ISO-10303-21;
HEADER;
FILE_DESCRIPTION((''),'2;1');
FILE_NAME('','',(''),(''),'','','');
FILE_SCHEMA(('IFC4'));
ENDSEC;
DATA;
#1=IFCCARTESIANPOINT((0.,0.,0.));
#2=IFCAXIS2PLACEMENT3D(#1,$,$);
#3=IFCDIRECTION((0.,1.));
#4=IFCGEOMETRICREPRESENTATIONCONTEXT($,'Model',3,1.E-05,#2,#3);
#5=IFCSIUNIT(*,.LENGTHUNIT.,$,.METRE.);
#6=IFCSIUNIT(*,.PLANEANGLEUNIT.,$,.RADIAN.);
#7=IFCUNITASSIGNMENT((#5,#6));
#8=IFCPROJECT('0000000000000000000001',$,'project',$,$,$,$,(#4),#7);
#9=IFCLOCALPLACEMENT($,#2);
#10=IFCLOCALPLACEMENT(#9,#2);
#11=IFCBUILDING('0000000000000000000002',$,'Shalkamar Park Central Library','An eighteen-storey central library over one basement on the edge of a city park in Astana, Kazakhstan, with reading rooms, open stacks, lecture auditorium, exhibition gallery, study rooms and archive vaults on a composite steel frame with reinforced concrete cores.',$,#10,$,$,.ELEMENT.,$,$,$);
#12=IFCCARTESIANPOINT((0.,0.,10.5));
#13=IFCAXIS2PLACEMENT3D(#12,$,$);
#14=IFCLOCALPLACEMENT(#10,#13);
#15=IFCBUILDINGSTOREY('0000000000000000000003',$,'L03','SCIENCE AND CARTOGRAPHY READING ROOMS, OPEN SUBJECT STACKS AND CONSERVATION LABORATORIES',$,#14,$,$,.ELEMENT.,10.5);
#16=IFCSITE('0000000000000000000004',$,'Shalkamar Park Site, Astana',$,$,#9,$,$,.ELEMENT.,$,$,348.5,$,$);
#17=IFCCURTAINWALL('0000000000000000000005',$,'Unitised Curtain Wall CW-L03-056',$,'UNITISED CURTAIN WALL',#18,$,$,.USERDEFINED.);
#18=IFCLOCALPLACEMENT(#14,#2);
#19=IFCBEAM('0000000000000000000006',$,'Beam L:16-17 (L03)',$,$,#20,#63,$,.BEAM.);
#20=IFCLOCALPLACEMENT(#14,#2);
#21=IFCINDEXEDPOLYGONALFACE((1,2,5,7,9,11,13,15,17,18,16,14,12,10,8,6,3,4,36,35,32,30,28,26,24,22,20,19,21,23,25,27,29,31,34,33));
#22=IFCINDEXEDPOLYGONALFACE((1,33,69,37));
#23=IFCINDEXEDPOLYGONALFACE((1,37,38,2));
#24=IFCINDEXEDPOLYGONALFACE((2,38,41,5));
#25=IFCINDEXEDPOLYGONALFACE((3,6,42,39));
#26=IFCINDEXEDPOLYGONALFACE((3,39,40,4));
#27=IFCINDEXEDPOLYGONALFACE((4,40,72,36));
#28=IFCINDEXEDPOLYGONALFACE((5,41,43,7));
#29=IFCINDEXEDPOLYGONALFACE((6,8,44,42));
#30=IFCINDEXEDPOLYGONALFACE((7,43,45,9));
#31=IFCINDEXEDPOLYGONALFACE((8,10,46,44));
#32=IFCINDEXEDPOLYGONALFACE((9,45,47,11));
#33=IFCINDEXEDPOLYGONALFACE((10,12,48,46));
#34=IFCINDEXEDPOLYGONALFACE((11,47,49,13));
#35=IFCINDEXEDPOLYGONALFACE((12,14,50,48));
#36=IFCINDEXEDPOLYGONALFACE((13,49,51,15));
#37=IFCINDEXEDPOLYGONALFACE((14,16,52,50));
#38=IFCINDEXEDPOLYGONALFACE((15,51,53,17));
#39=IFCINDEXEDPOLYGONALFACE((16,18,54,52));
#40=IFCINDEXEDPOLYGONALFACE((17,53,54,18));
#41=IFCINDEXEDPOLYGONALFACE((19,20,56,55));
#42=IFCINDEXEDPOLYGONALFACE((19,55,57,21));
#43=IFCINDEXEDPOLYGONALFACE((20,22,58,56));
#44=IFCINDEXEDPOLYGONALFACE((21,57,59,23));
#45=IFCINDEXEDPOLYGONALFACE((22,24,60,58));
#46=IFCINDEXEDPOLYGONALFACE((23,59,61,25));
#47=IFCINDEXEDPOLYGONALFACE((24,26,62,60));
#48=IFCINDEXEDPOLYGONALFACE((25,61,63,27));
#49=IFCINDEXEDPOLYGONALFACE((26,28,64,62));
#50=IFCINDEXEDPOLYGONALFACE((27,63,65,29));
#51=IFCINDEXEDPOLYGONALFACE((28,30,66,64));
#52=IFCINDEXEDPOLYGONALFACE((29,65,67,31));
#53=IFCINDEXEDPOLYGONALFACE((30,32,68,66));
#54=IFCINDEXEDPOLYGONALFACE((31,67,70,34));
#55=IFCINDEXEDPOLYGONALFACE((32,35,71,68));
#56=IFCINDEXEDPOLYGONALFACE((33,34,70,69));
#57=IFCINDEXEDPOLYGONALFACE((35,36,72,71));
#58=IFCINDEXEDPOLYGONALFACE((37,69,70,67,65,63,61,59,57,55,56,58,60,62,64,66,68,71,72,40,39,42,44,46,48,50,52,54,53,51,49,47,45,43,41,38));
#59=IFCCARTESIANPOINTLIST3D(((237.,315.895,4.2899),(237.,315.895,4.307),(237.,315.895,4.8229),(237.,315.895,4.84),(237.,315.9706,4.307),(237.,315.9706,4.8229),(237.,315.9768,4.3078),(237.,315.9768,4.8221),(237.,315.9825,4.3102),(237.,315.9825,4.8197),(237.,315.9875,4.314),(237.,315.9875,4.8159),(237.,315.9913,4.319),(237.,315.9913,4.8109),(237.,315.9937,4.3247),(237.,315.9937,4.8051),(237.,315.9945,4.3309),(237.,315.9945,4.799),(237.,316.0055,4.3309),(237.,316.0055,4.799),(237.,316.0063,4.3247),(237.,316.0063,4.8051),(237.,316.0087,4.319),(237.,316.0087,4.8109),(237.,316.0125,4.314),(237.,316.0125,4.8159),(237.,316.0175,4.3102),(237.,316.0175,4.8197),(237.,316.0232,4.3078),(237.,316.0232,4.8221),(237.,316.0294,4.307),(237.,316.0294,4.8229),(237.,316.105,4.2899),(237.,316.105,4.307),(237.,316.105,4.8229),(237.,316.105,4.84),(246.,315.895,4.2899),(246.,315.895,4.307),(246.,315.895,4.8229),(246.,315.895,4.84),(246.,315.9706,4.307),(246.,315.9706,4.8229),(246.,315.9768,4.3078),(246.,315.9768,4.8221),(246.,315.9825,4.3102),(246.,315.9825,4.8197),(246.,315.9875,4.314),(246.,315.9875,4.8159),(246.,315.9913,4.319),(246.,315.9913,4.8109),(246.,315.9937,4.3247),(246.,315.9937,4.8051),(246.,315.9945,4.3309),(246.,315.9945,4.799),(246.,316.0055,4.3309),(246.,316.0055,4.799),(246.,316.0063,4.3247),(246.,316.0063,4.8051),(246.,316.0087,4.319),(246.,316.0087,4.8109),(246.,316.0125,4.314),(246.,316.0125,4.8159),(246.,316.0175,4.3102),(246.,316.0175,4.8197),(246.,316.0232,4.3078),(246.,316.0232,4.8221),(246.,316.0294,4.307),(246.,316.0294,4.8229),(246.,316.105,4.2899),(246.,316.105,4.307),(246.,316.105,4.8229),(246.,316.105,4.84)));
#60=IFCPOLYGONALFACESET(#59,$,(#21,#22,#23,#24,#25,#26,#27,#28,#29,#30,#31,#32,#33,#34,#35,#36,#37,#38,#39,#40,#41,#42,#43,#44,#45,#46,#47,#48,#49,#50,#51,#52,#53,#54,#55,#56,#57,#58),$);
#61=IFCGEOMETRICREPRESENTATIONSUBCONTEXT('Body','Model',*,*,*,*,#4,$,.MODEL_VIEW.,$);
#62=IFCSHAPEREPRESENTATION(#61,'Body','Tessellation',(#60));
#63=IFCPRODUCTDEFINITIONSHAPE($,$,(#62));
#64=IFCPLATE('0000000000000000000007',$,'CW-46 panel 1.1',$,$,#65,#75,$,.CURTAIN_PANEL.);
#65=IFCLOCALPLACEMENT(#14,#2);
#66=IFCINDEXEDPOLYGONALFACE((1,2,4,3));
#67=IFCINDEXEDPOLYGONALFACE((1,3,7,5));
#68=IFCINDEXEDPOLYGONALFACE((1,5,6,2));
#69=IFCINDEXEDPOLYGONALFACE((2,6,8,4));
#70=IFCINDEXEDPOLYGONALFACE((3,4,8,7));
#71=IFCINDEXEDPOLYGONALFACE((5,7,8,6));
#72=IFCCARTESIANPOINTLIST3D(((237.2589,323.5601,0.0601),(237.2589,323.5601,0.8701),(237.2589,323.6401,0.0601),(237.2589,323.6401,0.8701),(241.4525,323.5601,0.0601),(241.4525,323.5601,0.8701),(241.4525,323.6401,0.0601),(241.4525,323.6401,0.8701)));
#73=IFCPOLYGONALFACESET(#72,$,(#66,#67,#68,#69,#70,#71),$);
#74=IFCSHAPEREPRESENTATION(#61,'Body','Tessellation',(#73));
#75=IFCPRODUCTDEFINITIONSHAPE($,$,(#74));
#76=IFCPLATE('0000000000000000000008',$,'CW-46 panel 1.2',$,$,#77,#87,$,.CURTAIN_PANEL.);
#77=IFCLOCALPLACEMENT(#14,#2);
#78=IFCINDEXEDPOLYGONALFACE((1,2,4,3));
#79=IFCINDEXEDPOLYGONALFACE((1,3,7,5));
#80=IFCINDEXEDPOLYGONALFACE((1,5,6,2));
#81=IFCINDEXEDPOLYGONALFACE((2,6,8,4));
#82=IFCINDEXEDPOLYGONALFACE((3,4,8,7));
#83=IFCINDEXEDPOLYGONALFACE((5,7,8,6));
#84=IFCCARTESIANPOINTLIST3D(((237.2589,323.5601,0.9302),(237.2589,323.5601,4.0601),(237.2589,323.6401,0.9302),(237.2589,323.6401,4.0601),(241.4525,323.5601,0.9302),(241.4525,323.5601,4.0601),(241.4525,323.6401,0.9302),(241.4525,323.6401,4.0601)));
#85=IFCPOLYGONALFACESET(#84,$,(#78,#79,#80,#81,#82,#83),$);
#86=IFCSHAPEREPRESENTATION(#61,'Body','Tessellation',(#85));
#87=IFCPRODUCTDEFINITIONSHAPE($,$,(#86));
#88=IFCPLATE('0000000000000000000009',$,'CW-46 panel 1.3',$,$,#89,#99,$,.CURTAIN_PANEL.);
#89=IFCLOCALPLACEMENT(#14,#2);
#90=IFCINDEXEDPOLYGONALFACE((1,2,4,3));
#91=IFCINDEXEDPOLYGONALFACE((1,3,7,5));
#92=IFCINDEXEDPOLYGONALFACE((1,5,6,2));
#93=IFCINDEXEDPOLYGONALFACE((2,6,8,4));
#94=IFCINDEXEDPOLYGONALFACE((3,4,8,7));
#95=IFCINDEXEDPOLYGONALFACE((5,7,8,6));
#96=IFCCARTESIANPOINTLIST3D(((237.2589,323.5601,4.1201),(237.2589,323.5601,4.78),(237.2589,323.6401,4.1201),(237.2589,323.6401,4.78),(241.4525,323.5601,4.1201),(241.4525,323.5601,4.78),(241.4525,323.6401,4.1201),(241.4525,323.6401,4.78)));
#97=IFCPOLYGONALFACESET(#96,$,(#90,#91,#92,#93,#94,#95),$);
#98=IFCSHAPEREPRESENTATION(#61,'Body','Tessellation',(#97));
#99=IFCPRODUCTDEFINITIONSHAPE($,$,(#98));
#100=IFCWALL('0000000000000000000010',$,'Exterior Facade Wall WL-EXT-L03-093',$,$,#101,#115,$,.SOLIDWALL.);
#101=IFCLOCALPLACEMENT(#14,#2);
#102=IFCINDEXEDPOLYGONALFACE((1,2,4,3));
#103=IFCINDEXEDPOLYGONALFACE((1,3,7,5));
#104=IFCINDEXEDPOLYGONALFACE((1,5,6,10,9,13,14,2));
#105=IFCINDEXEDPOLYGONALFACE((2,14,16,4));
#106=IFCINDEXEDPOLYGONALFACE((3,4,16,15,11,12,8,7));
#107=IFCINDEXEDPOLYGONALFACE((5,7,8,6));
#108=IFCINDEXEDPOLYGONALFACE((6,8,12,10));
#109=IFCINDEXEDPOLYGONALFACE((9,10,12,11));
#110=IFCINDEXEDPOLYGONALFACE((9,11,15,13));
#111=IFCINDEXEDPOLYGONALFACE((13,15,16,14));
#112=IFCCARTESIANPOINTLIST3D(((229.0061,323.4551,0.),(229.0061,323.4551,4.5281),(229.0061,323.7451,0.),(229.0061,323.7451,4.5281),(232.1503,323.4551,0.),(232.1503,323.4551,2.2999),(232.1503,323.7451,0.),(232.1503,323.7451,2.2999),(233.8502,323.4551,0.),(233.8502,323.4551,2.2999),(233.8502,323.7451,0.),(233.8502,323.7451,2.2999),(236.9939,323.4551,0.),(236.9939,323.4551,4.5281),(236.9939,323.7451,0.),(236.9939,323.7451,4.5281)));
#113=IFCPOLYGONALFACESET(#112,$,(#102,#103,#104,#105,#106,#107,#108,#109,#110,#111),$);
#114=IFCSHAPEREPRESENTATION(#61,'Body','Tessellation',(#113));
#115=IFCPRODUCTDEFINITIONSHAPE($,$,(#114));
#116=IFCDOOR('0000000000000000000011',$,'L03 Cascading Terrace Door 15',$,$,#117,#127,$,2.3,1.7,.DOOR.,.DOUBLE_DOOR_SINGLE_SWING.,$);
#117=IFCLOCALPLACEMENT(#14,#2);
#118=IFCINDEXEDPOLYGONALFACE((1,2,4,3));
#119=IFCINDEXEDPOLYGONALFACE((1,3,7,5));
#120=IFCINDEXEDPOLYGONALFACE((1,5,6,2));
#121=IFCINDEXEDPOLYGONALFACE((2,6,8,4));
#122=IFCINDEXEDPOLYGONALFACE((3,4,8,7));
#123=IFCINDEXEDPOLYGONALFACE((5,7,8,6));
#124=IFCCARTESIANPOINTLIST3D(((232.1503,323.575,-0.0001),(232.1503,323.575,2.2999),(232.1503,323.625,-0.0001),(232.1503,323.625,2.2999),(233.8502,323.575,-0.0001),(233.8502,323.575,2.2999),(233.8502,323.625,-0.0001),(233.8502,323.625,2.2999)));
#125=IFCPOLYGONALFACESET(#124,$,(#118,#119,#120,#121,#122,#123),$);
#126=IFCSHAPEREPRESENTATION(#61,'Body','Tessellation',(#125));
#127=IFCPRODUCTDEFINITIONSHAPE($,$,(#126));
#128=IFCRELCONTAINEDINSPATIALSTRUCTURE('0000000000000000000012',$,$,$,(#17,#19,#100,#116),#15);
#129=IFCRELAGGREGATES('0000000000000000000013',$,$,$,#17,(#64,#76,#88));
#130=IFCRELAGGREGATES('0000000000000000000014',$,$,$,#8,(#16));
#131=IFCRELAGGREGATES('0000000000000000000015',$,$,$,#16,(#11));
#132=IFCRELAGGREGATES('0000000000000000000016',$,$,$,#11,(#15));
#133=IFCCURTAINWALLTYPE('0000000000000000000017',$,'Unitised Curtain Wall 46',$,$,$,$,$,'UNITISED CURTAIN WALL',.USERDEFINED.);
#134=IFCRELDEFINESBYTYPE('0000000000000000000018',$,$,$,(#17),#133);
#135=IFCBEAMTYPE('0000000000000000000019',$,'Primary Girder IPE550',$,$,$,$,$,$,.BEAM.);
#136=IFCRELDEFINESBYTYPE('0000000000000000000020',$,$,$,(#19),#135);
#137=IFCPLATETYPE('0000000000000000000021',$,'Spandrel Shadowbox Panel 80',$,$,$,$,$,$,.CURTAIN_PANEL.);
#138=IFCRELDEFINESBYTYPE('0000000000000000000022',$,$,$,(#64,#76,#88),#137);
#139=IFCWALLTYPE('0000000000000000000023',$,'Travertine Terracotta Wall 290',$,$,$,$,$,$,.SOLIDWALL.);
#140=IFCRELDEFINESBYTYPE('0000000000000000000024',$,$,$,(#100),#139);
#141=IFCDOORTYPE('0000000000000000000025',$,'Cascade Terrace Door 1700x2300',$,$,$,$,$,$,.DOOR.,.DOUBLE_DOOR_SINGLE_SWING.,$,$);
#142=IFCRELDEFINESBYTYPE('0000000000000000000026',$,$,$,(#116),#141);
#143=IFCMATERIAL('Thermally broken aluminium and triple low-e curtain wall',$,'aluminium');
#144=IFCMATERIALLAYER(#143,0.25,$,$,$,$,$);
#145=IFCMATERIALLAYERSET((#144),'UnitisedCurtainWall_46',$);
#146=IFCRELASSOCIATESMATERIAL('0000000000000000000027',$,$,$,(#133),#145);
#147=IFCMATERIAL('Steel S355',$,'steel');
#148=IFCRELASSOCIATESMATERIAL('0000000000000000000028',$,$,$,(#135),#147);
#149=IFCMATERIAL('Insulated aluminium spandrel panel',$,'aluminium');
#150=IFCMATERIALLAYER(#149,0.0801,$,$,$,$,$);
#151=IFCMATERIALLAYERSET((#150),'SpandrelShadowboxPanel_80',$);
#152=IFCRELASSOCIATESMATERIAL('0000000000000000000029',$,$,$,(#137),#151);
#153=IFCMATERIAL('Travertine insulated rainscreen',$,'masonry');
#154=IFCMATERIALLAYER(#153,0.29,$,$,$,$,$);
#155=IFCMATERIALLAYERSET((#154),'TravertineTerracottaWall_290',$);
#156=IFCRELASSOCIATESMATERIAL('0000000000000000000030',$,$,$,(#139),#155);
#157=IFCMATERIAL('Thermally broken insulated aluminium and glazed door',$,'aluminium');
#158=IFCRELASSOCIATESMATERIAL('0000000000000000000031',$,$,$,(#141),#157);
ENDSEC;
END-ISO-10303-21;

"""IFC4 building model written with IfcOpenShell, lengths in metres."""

from ifc_helpers import new_model, si_unit, direction, frame, frame_2d, origin, origin_2d, place, context, subcontext, project, spatial, rectangle, i_section, extrude, material, layer, layer_set, material_profile, profile_set, type_object, element, fill, aggregate, save


model = new_model("IFC4")

# Units and contexts
model_context = context("Model", 3, precision=1e-05, world=origin(), true_north=direction((0.0, 1.0)))
body_context = subcontext(model_context, "Body", "Model", "MODEL_VIEW")
ifc_project = project(units=[si_unit("LENGTHUNIT", "METRE"), si_unit("PLANEANGLEUNIT", "RADIAN")], contexts=[model_context])

# Site, building, storey
site_placement = place(None, origin())
site = spatial("IfcSite", under=ifc_project, at=site_placement, Name="Shalkamar Park Site, Astana", CompositionType="ELEMENT", RefElevation=348.5)
building_placement = place(site_placement, origin())
building = spatial("IfcBuilding", under=site, at=building_placement, Name="Shalkamar Park Central Library", Description="An eighteen-storey central library over one basement on the edge of a city park in Astana, Kazakhstan, with reading rooms, open stacks, lecture auditorium, exhibition gallery, study rooms and archive vaults on a composite steel frame with reinforced concrete cores.", CompositionType="ELEMENT")
storey_placement = place(building_placement, frame((0.0, 0.0, 10.5)))
storey = spatial("IfcBuildingStorey", under=building, at=storey_placement, Name="L03", Description="SCIENCE AND CARTOGRAPHY READING ROOMS, OPEN SUBJECT STACKS AND CONSERVATION LABORATORIES", CompositionType="ELEMENT", Elevation=10.5)

# Shared definitions
ifc_material_1 = material(Name="Steel S355", Category="steel")

# Curtain wall
ifc_material_2 = material(Name="Thermally broken aluminium and triple low-e curtain wall", Category="aluminium")
ifc_layer_1 = layer(ifc_material_2, 0.25)
ifc_layer_set_1 = layer_set([ifc_layer_1], Name="UnitisedCurtainWall_46")
curtain_wall_type = type_object("IfcCurtainWallType", Name="Unitised Curtain Wall 46", ElementType="UNITISED CURTAIN WALL", PredefinedType="USERDEFINED", material=ifc_layer_set_1)
curtain_wall_placement = place(storey_placement, origin())
curtain_wall = element("IfcCurtainWall", 1, at=curtain_wall_placement, inside=storey, type_object=curtain_wall_type, Name="Unitised Curtain Wall CW-L03-056", ObjectType="UNITISED CURTAIN WALL", PredefinedType="USERDEFINED")

# Beam
ifc_material_profile_1 = material_profile(ifc_material_1, i_section(OverallWidth=0.21, OverallDepth=0.55, WebThickness=0.011, FlangeThickness=0.0171, FilletRadius=0.0239, at=origin_2d()), Name="IPE 550")
ifc_profile_set_1 = profile_set([ifc_material_profile_1], Name="Steel S355")
beam_type_1 = type_object("IfcBeamType", Name="Primary Girder IPE550", PredefinedType="BEAM", material=ifc_profile_set_1)
beam_1_placement = place(storey_placement, frame((237.0, 316.0, 4.5649), z_axis=(1.0, 0.0, 0.0), x_axis=(0.0, 1.0, 0.0)))
element("IfcBeam", 2, at=beam_1_placement, inside=storey, type_object=beam_type_1, Name="Beam L:16-17 (L03)", PredefinedType="BEAM", context=body_context, shape_type="SweptSolid", body=[
    extrude(i_section(OverallWidth=0.21, OverallDepth=0.55, WebThickness=0.011, FlangeThickness=0.0171, FilletRadius=0.0239, at=origin_2d()), origin(), (0.0, 0.0, 1.0), 9.0),
])

# Plates
ifc_material_3 = material(Name="Insulated aluminium spandrel panel", Category="aluminium")
ifc_layer_2 = layer(ifc_material_3, 0.0801)
ifc_layer_set_2 = layer_set([ifc_layer_2], Name="SpandrelShadowboxPanel_80")
plate_type = type_object("IfcPlateType", Name="Spandrel Shadowbox Panel 80", PredefinedType="CURTAIN_PANEL", material=ifc_layer_set_2)
plate_1_placement = place(storey_placement, frame((239.3557, 323.6001, 0.0601), z_axis=(0.0, 0.0, 1.0), x_axis=(1.0, 0.0, 0.0)))
plate_1 = element("IfcPlate", 3, at=plate_1_placement, type_object=plate_type, Name="CW-46 panel 1.1", PredefinedType="CURTAIN_PANEL", context=body_context, shape_type="SweptSolid", body=[
    extrude(rectangle(XDim=4.1936, YDim=0.0801, at=origin_2d()), origin(), (0.0, 0.0, 1.0), 0.8101),
])
plate_2_placement = place(storey_placement, frame((239.3557, 323.6001, 0.9302), z_axis=(0.0, 0.0, 1.0), x_axis=(1.0, 0.0, 0.0)))
plate_2 = element("IfcPlate", 4, at=plate_2_placement, type_object=plate_type, Name="CW-46 panel 1.2", PredefinedType="CURTAIN_PANEL", context=body_context, shape_type="SweptSolid", body=[
    extrude(rectangle(XDim=4.1936, YDim=0.0801, at=origin_2d()), origin(), (0.0, 0.0, 1.0), 3.1299),
])
plate_3_placement = place(storey_placement, frame((239.3557, 323.6001, 4.1201), z_axis=(0.0, 0.0, 1.0), x_axis=(1.0, 0.0, 0.0)))
plate_3 = element("IfcPlate", 5, at=plate_3_placement, type_object=plate_type, Name="CW-46 panel 1.3", PredefinedType="CURTAIN_PANEL", context=body_context, shape_type="SweptSolid", body=[
    extrude(rectangle(XDim=4.1936, YDim=0.0801, at=origin_2d()), origin(), (0.0, 0.0, 1.0), 0.6599),
])
aggregate(curtain_wall, [plate_1, plate_2, plate_3])

# Wall, opening, door
ifc_material_4 = material(Name="Travertine insulated rainscreen", Category="masonry")
ifc_layer_3 = layer(ifc_material_4, 0.29)
ifc_layer_set_3 = layer_set([ifc_layer_3], Name="TravertineTerracottaWall_290")
wall_type = type_object("IfcWallType", Name="Travertine Terracotta Wall 290", PredefinedType="SOLIDWALL", material=ifc_layer_set_3)
wall_placement = place(storey_placement, frame((229.0061, 323.6001, 0.0), z_axis=(0.0, 0.0, 1.0), x_axis=(1.0, 0.0, 0.0)))
wall = element("IfcWall", 6, at=wall_placement, inside=storey, type_object=wall_type, Name="Exterior Facade Wall WL-EXT-L03-093", PredefinedType="SOLIDWALL", context=body_context, shape_type="SweptSolid", body=[
    extrude(rectangle(XDim=7.9878, YDim=0.29, at=frame_2d((3.9939, 0.0))), origin(), (0.0, 0.0, 1.0), 4.5281),
])
opening_placement = place(wall_placement, frame((3.144, 0.0, 0.0)))
opening = element("IfcOpeningElement", 7, at=opening_placement, cuts=wall, PredefinedType="OPENING", context=body_context, shape_type="SweptSolid", body=[
    extrude(rectangle(XDim=1.7, YDim=2.3, at=frame_2d((0.8501, 1.1499))), frame((0.0, 0.1599, 0.0), z_axis=(0.0, -1.0, 0.0), x_axis=(1.0, 0.0, 0.0)), (0.0, 0.0, 1.0), 0.3198),
])
ifc_material_5 = material(Name="Thermally broken insulated aluminium and glazed door", Category="aluminium")
door_type = type_object("IfcDoorType", Name="Cascade Terrace Door 1700x2300", OperationType="DOUBLE_DOOR_SINGLE_SWING", PredefinedType="DOOR", material=ifc_material_5)
door_placement = place(opening_placement, origin())
door = element("IfcDoor", 8, at=door_placement, inside=storey, type_object=door_type, Name="L03 Cascading Terrace Door 15", OperationType="DOUBLE_DOOR_SINGLE_SWING", OverallHeight=2.3, OverallWidth=1.7, PredefinedType="DOOR", context=body_context, shape_type="SweptSolid", body=[
    extrude(rectangle(XDim=1.7, YDim=2.3, at=frame_2d((0.8501, 1.1499))), frame((0.0, 0.0249, 0.0), z_axis=(0.0, -1.0, 0.0), x_axis=(1.0, 0.0, 0.0)), (0.0, 0.0, 1.0), 0.05),
])
fill(opening, door)

save(model, "model.ifc")
